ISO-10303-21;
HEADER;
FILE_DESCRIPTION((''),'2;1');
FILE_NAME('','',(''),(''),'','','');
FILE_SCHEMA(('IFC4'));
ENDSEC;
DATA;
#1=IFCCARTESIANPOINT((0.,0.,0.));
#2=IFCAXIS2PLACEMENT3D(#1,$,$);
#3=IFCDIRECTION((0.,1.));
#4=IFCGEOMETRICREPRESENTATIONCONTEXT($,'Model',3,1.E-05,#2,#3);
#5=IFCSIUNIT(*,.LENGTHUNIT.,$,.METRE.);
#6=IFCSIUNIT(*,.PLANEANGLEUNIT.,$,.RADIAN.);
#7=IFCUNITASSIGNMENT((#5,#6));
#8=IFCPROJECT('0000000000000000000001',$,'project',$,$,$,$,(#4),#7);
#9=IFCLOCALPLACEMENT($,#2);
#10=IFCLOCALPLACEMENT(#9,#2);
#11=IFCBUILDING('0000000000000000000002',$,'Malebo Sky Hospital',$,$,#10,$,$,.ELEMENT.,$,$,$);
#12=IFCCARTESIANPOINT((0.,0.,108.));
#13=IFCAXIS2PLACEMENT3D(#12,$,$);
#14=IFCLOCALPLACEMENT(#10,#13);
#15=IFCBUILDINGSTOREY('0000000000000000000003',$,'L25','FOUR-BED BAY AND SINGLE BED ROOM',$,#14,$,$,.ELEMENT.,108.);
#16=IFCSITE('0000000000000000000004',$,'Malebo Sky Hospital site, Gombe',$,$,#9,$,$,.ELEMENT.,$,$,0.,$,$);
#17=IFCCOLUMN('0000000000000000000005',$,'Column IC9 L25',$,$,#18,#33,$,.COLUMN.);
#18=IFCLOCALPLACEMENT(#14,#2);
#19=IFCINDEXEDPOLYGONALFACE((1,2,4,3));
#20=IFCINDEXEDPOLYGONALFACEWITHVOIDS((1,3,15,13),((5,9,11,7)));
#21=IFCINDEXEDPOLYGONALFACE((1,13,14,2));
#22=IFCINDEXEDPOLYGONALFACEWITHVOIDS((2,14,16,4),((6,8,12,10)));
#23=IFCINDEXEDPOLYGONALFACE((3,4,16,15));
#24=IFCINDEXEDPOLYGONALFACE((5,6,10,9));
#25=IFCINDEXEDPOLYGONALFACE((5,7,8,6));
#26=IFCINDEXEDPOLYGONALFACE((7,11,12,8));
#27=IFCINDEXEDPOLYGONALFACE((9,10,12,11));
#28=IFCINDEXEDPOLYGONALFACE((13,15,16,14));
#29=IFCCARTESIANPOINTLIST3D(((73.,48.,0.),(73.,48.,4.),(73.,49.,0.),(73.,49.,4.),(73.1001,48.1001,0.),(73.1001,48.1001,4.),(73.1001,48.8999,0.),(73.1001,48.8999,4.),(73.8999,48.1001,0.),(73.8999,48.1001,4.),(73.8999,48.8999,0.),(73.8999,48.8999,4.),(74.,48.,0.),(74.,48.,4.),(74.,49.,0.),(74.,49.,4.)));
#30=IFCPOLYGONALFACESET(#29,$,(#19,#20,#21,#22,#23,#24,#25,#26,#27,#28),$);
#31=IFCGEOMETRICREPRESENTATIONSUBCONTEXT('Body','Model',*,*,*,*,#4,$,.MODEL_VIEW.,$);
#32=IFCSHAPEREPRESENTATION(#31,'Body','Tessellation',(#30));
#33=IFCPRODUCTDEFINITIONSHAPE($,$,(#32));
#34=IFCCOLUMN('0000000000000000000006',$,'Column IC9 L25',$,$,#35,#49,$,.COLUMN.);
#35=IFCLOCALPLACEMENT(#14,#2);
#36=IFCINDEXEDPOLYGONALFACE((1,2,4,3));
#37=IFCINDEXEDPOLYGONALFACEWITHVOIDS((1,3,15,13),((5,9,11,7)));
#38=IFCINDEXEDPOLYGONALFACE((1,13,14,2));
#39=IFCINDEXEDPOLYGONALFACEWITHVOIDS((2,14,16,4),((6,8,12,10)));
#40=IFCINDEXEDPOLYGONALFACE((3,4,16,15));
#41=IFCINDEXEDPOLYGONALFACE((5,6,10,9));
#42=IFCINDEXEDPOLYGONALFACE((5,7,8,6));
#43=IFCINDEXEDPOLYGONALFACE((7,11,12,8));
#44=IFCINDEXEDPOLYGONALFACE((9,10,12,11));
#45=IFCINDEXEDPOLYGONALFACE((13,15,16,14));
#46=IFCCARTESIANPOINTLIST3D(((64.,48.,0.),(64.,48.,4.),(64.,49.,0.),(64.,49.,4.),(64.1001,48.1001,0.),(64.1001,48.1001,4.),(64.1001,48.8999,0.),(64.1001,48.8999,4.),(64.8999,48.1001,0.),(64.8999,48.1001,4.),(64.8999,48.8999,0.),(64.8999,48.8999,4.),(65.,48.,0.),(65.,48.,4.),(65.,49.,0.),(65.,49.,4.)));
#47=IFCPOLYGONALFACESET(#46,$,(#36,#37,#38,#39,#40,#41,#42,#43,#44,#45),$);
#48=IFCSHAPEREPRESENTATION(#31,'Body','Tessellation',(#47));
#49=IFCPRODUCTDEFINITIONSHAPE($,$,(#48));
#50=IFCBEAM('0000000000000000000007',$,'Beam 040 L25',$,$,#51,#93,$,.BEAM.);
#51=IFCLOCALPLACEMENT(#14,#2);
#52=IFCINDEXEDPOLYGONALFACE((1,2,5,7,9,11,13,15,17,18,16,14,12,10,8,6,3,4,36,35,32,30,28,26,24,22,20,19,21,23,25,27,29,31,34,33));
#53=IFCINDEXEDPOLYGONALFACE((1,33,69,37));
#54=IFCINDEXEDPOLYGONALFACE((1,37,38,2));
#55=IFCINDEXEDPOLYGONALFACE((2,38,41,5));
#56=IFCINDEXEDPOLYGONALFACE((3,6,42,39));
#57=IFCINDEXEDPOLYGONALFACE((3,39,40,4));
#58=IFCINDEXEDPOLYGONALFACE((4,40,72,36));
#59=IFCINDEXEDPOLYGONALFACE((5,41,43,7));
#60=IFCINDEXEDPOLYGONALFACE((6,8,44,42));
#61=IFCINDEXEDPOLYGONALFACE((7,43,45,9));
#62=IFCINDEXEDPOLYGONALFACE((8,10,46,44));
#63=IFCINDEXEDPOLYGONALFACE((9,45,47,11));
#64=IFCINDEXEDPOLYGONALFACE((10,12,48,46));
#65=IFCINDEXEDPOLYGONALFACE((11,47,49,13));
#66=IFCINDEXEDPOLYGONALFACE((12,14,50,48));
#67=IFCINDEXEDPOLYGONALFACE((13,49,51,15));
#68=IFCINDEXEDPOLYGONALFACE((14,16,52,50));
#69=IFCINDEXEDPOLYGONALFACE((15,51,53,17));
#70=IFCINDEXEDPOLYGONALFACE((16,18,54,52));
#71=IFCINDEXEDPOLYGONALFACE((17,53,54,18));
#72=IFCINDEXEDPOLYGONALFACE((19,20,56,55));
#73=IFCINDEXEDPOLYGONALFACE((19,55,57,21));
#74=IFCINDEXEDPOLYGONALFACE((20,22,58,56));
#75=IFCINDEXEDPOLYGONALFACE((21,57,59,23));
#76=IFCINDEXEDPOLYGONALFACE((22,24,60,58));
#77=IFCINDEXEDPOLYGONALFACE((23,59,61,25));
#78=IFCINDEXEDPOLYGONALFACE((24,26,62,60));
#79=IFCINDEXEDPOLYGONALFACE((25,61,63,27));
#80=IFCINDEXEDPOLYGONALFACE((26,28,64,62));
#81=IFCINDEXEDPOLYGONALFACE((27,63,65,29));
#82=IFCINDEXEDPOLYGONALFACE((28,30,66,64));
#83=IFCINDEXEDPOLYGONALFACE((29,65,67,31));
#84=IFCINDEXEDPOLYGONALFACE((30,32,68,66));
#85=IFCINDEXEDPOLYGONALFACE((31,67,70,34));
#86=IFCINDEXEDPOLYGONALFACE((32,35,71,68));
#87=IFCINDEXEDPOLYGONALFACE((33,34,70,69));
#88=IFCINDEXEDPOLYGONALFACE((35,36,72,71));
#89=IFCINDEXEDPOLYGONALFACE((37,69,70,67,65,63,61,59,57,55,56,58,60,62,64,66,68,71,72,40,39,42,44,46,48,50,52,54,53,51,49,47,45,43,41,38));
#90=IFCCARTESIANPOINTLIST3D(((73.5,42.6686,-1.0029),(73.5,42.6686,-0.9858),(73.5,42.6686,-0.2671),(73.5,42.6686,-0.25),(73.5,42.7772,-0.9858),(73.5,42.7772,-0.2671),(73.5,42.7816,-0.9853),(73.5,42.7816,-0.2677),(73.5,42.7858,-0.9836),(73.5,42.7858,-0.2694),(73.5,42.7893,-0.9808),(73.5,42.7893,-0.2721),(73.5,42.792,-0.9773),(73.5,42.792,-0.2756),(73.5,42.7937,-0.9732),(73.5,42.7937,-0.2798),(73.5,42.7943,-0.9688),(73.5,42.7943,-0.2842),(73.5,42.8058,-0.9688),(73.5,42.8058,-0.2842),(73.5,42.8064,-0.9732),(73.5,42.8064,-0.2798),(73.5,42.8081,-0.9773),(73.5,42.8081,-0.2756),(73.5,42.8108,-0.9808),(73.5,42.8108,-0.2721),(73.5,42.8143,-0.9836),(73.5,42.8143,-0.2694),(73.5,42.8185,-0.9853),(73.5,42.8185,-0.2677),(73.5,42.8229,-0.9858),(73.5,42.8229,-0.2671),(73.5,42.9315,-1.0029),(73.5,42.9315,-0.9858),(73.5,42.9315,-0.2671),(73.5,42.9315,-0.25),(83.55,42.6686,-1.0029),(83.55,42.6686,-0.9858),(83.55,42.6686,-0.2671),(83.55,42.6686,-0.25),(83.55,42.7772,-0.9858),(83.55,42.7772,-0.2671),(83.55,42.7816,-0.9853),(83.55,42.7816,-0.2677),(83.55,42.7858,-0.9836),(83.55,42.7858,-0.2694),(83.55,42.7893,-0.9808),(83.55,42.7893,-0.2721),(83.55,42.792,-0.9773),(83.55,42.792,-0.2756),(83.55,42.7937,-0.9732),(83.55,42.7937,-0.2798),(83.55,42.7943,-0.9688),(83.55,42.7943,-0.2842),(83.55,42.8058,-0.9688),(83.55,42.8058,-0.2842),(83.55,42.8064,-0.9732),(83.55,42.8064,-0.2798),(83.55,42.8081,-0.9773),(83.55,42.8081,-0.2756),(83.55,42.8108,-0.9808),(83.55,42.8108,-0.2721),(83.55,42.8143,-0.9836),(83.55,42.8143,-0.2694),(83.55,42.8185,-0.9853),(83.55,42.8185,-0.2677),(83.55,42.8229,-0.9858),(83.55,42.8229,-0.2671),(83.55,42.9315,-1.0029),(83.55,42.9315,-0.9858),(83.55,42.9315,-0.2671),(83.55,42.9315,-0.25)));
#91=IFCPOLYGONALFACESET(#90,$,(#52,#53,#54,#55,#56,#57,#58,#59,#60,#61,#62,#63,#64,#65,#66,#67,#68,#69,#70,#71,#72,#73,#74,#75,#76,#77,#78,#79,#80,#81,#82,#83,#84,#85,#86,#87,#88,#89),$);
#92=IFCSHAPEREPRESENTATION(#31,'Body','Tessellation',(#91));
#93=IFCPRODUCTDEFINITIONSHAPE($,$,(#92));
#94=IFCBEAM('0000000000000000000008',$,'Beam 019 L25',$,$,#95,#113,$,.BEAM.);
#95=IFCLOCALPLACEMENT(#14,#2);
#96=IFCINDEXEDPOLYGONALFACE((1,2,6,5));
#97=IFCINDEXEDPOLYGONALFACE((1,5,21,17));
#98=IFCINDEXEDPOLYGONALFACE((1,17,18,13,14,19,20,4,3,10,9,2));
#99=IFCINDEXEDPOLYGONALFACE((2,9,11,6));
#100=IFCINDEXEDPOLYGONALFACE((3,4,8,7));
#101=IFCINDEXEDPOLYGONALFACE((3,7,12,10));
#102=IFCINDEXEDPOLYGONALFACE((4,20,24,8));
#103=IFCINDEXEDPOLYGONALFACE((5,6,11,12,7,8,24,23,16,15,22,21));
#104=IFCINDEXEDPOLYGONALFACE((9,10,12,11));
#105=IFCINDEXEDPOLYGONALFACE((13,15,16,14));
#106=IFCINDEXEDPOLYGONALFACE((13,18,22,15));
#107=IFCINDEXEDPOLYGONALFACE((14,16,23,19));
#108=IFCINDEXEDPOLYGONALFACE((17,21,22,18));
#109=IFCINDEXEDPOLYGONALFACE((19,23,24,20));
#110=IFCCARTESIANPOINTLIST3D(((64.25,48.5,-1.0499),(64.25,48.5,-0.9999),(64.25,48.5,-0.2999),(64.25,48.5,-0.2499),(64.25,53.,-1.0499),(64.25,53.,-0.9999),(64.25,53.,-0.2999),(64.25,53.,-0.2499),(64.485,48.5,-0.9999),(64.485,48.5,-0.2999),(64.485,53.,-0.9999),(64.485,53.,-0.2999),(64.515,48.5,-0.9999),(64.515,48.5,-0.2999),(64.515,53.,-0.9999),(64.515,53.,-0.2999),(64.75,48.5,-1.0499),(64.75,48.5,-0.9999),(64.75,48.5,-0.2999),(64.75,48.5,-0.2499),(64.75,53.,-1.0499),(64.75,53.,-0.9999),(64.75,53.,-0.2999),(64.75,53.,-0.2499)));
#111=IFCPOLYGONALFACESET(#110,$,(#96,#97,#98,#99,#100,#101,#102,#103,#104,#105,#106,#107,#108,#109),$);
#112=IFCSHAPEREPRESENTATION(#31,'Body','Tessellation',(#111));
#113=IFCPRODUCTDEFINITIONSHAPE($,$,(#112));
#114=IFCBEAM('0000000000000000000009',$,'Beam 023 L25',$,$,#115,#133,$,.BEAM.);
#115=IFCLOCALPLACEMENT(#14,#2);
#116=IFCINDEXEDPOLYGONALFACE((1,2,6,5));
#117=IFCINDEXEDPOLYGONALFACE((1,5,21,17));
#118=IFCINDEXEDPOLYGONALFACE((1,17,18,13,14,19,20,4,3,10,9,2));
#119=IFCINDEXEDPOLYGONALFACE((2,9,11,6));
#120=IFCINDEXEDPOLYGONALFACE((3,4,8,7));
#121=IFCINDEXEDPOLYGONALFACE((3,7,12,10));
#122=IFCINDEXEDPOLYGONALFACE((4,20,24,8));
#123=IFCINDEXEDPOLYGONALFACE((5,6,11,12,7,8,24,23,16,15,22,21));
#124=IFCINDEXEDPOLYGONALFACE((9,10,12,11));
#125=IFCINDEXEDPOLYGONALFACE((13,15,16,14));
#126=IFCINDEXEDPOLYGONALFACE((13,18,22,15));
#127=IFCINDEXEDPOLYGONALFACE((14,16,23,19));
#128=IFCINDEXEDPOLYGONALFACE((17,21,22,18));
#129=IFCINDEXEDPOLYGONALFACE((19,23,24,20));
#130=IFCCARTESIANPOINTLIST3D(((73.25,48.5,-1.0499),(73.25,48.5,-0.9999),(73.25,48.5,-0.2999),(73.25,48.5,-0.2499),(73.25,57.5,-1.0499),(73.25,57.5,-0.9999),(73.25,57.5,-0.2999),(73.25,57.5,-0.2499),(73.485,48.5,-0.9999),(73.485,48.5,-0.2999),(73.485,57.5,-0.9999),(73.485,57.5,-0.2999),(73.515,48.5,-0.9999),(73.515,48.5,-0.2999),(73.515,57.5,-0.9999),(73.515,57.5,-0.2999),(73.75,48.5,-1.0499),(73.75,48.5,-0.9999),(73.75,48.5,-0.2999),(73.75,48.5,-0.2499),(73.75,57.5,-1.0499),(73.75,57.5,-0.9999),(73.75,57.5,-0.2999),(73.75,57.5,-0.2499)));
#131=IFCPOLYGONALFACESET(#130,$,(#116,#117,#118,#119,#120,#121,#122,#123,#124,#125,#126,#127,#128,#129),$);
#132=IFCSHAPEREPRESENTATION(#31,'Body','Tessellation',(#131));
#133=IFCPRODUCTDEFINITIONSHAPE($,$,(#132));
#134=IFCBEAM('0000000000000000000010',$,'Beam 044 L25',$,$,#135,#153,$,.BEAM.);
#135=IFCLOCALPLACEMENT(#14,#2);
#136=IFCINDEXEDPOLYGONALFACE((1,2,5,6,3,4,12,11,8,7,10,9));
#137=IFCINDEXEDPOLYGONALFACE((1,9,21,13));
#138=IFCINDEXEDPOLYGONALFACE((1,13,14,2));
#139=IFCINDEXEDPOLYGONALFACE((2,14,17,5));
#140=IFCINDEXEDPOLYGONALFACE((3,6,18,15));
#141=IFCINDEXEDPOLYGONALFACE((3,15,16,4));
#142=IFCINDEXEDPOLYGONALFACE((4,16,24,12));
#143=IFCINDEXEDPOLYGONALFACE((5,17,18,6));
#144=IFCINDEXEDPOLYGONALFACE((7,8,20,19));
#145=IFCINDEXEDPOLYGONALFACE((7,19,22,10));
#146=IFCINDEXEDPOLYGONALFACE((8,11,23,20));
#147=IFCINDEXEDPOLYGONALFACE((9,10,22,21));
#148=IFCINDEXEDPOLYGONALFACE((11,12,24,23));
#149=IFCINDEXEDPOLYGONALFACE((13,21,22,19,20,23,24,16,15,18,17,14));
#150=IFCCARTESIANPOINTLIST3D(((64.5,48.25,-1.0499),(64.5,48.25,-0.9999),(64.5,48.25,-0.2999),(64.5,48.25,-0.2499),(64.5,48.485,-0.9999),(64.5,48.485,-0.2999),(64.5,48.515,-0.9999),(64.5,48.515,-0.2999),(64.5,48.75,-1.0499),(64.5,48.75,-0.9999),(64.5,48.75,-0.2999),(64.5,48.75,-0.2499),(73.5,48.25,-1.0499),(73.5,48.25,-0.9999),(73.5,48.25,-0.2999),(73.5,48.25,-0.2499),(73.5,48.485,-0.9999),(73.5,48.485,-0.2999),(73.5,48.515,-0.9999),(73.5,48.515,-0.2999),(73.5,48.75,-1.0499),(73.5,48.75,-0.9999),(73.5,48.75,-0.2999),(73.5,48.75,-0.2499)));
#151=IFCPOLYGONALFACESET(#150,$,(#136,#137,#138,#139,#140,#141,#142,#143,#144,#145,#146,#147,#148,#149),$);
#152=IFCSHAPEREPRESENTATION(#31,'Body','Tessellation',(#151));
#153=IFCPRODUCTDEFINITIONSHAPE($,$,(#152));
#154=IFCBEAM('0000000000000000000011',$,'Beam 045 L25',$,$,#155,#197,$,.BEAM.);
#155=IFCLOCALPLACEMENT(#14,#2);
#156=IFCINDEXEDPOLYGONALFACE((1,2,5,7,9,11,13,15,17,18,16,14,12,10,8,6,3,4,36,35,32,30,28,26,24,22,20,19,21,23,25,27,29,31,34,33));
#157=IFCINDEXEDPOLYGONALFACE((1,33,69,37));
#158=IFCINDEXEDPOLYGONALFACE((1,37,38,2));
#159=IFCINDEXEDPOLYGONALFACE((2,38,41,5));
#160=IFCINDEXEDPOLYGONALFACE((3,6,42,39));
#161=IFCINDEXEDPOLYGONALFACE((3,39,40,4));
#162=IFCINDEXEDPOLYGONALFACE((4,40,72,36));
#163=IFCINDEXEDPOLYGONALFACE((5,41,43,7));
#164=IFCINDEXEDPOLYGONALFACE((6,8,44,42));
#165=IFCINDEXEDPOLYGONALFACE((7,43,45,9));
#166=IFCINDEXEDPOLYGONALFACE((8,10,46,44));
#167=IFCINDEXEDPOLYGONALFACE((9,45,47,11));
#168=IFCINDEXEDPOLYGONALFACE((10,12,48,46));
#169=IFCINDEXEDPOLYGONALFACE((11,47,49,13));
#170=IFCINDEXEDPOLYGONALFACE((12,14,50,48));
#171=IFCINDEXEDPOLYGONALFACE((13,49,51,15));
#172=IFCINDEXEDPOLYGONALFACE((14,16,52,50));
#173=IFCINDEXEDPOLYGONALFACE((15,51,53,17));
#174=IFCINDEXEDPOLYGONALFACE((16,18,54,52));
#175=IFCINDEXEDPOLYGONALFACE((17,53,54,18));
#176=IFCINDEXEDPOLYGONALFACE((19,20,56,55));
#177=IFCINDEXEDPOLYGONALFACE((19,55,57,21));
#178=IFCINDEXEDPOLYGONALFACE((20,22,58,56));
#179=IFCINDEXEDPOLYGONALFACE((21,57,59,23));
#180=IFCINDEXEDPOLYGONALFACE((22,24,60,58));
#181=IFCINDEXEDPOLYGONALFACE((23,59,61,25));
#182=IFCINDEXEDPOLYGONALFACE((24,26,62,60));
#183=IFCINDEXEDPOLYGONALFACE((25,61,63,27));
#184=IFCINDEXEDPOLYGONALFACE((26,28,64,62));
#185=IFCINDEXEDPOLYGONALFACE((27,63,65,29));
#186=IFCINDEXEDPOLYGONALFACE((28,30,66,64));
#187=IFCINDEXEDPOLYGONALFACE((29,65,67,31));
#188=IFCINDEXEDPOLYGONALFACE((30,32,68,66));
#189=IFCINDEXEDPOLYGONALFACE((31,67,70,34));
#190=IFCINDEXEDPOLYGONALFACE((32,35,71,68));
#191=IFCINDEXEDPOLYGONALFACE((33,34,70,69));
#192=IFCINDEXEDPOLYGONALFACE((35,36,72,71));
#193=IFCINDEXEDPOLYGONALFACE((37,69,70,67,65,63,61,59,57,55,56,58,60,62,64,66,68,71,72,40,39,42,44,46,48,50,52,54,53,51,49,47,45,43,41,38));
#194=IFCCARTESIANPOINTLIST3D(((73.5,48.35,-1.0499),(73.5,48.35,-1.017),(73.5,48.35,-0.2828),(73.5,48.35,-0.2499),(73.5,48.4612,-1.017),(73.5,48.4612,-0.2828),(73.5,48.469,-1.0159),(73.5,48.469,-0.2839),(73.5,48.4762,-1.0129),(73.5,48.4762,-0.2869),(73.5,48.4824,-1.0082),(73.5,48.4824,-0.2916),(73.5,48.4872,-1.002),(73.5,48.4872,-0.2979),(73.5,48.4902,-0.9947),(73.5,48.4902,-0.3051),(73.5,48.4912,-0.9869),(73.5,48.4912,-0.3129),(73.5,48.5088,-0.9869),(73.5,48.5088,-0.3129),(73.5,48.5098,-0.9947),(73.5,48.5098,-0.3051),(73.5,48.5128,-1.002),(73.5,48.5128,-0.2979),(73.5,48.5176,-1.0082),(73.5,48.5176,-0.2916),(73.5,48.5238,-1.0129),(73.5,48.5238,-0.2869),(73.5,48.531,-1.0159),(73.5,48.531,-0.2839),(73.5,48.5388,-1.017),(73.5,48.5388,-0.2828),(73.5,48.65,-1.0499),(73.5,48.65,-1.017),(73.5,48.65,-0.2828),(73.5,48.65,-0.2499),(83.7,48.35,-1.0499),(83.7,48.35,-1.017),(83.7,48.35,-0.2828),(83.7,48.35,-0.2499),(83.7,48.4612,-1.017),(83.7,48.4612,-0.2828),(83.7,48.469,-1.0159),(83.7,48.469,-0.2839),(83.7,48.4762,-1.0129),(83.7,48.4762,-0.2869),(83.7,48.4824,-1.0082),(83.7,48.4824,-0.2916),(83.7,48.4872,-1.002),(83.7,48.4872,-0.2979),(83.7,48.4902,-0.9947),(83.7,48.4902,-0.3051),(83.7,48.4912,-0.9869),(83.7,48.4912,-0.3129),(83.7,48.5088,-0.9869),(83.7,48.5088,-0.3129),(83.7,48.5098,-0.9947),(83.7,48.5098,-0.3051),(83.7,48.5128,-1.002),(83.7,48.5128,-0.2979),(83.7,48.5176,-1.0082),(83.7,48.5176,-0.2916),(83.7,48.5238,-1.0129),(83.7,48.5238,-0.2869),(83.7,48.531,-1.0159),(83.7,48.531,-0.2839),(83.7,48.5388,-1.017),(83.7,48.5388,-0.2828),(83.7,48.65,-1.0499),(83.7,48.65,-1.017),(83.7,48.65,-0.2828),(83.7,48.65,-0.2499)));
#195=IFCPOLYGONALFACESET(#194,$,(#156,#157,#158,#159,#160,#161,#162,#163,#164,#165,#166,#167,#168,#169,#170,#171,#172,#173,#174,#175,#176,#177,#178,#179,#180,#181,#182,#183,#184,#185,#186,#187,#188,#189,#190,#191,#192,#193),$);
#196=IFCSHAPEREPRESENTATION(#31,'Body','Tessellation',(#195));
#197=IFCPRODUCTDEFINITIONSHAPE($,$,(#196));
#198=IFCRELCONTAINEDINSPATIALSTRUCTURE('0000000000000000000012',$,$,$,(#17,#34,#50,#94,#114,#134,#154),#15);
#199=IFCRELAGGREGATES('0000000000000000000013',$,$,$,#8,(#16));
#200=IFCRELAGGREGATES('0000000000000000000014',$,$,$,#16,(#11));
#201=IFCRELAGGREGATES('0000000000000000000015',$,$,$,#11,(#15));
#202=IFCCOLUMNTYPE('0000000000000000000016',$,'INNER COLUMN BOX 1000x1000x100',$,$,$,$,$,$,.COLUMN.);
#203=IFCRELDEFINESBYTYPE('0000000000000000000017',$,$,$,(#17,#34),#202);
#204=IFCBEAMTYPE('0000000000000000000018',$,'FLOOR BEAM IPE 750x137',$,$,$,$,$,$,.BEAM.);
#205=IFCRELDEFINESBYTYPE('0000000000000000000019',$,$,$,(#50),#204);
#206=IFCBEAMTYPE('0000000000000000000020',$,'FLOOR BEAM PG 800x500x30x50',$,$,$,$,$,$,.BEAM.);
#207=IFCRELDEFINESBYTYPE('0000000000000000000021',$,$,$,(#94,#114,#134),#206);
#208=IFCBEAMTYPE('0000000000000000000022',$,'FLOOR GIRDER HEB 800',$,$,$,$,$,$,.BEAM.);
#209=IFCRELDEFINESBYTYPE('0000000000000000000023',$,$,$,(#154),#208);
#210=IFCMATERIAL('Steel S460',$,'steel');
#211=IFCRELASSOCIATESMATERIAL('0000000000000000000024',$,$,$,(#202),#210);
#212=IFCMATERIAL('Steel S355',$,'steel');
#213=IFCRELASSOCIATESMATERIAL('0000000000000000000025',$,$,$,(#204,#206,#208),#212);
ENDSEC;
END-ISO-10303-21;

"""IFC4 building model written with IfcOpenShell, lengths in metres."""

from ifc_helpers import new_model, si_unit, direction, frame, origin, origin_2d, place, context, subcontext, project, spatial, hollow_rectangle, i_section, extrude, material, material_profile, profile_set, type_object, element, save


model = new_model("IFC4")

# Units and contexts
model_context = context("Model", 3, precision=1e-05, world=origin(), true_north=direction((0.0, 1.0)))
body_context = subcontext(model_context, "Body", "Model", "MODEL_VIEW")
ifc_project = project(units=[si_unit("LENGTHUNIT", "METRE"), si_unit("PLANEANGLEUNIT", "RADIAN")], contexts=[model_context])

# Site, building, storey
site_placement = place(None, origin())
site = spatial("IfcSite", under=ifc_project, at=site_placement, Name="Malebo Sky Hospital site, Gombe", CompositionType="ELEMENT", RefElevation=0.0)
building_placement = place(site_placement, origin())
building = spatial("IfcBuilding", under=site, at=building_placement, Name="Malebo Sky Hospital", CompositionType="ELEMENT")
storey_placement = place(building_placement, frame((0.0, 0.0, 108.0)))
storey = spatial("IfcBuildingStorey", under=building, at=storey_placement, Name="L25", Description="FOUR-BED BAY AND SINGLE BED ROOM", CompositionType="ELEMENT", Elevation=108.0)

# Columns
ifc_material_1 = material(Name="Steel S460", Category="steel")
ifc_material_profile_1 = material_profile(ifc_material_1, hollow_rectangle(XDim=1.0, YDim=1.0, WallThickness=0.1001, at=origin_2d()), Name="BOX 1000x1000x100")
ifc_profile_set_1 = profile_set([ifc_material_profile_1], Name="Steel S460")
column_type = type_object("IfcColumnType", Name="INNER COLUMN BOX 1000x1000x100", PredefinedType="COLUMN", material=ifc_profile_set_1)
for number, where, z_axis, x_axis, name in (
    (1, (73.5, 48.5, 0.0), (0.0, 0.0, 1.0), (1.0, 0.0, 0.0), "Column IC9 L25"),
    (2, (64.5, 48.5, 0.0), (0.0, 0.0, 1.0), (1.0, 0.0, 0.0), "Column IC9 L25"),
):
    element("IfcColumn", number, at=place(storey_placement, frame(where, z_axis=z_axis, x_axis=x_axis)), inside=storey, type_object=column_type, Name=name, PredefinedType="COLUMN", context=body_context, shape_type="SweptSolid", body=[
        extrude(hollow_rectangle(XDim=1.0, YDim=1.0, WallThickness=0.1001, at=origin_2d()), origin(), (0.0, 0.0, 1.0), 4.0),
    ])

# Beams
ifc_material_2 = material(Name="Steel S355", Category="steel")
ifc_material_profile_2 = material_profile(ifc_material_2, i_section(OverallWidth=0.2629, OverallDepth=0.7529, WebThickness=0.0115, FlangeThickness=0.0171, FilletRadius=0.0171, at=origin_2d()), Name="IPE 750x137")
ifc_profile_set_2 = profile_set([ifc_material_profile_2], Name="Steel S355")
beam_type_1 = type_object("IfcBeamType", Name="FLOOR BEAM IPE 750x137", PredefinedType="BEAM", material=ifc_profile_set_2)
beam_1_placement = place(storey_placement, frame((73.5, 42.8, -0.6265), z_axis=(1.0, 0.0, 0.0), x_axis=(0.0, 1.0, 0.0)))
element("IfcBeam", 3, at=beam_1_placement, inside=storey, type_object=beam_type_1, Name="Beam 040 L25", PredefinedType="BEAM", context=body_context, shape_type="SweptSolid", body=[
    extrude(i_section(OverallWidth=0.2629, OverallDepth=0.7529, WebThickness=0.0115, FlangeThickness=0.0171, FilletRadius=0.0171, at=origin_2d()), origin(), (0.0, 0.0, 1.0), 10.05),
])
ifc_material_profile_3 = material_profile(ifc_material_2, i_section(OverallWidth=0.5, OverallDepth=0.8, WebThickness=0.03, FlangeThickness=0.05, at=origin_2d()), Name="PG 800x500x30x50")
ifc_profile_set_3 = profile_set([ifc_material_profile_3], Name="Steel S355")
beam_type_2 = type_object("IfcBeamType", Name="FLOOR BEAM PG 800x500x30x50", PredefinedType="BEAM", material=ifc_profile_set_3)
beam_2_placement = place(storey_placement, frame((64.5, 48.5, -0.6499), z_axis=(0.0, 1.0, 0.0), x_axis=(-1.0, 0.0, 0.0)))
element("IfcBeam", 4, at=beam_2_placement, inside=storey, type_object=beam_type_2, Name="Beam 019 L25", PredefinedType="BEAM", context=body_context, shape_type="SweptSolid", body=[
    extrude(i_section(OverallWidth=0.5, OverallDepth=0.8, WebThickness=0.03, FlangeThickness=0.05, at=origin_2d()), origin(), (0.0, 0.0, 1.0), 4.5),
])
for number, where, z_axis, x_axis, name in (
    (5, (73.5, 48.5, -0.6499), (0.0, 1.0, 0.0), (-1.0, 0.0, 0.0), "Beam 023 L25"),
    (6, (64.5, 48.5, -0.6499), (1.0, 0.0, 0.0), (0.0, 1.0, 0.0), "Beam 044 L25"),
):
    element("IfcBeam", number, at=place(storey_placement, frame(where, z_axis=z_axis, x_axis=x_axis)), inside=storey, type_object=beam_type_2, Name=name, PredefinedType="BEAM", context=body_context, shape_type="SweptSolid", body=[
        extrude(i_section(OverallWidth=0.5, OverallDepth=0.8, WebThickness=0.03, FlangeThickness=0.05, at=origin_2d()), origin(), (0.0, 0.0, 1.0), 9.0),
    ])
ifc_material_profile_4 = material_profile(ifc_material_2, i_section(OverallWidth=0.3, OverallDepth=0.8, WebThickness=0.0176, FlangeThickness=0.033, FilletRadius=0.03, at=origin_2d()), Name="HEB 800")
ifc_profile_set_4 = profile_set([ifc_material_profile_4], Name="Steel S355")
beam_type_3 = type_object("IfcBeamType", Name="FLOOR GIRDER HEB 800", PredefinedType="BEAM", material=ifc_profile_set_4)
beam_3_placement = place(storey_placement, frame((73.5, 48.5, -0.6499), z_axis=(1.0, 0.0, 0.0), x_axis=(0.0, 1.0, 0.0)))
element("IfcBeam", 7, at=beam_3_placement, inside=storey, type_object=beam_type_3, Name="Beam 045 L25", PredefinedType="BEAM", context=body_context, shape_type="SweptSolid", body=[
    extrude(i_section(OverallWidth=0.3, OverallDepth=0.8, WebThickness=0.0176, FlangeThickness=0.033, FilletRadius=0.03, at=origin_2d()), origin(), (0.0, 0.0, 1.0), 10.2),
])

save(model, "model.ifc")
